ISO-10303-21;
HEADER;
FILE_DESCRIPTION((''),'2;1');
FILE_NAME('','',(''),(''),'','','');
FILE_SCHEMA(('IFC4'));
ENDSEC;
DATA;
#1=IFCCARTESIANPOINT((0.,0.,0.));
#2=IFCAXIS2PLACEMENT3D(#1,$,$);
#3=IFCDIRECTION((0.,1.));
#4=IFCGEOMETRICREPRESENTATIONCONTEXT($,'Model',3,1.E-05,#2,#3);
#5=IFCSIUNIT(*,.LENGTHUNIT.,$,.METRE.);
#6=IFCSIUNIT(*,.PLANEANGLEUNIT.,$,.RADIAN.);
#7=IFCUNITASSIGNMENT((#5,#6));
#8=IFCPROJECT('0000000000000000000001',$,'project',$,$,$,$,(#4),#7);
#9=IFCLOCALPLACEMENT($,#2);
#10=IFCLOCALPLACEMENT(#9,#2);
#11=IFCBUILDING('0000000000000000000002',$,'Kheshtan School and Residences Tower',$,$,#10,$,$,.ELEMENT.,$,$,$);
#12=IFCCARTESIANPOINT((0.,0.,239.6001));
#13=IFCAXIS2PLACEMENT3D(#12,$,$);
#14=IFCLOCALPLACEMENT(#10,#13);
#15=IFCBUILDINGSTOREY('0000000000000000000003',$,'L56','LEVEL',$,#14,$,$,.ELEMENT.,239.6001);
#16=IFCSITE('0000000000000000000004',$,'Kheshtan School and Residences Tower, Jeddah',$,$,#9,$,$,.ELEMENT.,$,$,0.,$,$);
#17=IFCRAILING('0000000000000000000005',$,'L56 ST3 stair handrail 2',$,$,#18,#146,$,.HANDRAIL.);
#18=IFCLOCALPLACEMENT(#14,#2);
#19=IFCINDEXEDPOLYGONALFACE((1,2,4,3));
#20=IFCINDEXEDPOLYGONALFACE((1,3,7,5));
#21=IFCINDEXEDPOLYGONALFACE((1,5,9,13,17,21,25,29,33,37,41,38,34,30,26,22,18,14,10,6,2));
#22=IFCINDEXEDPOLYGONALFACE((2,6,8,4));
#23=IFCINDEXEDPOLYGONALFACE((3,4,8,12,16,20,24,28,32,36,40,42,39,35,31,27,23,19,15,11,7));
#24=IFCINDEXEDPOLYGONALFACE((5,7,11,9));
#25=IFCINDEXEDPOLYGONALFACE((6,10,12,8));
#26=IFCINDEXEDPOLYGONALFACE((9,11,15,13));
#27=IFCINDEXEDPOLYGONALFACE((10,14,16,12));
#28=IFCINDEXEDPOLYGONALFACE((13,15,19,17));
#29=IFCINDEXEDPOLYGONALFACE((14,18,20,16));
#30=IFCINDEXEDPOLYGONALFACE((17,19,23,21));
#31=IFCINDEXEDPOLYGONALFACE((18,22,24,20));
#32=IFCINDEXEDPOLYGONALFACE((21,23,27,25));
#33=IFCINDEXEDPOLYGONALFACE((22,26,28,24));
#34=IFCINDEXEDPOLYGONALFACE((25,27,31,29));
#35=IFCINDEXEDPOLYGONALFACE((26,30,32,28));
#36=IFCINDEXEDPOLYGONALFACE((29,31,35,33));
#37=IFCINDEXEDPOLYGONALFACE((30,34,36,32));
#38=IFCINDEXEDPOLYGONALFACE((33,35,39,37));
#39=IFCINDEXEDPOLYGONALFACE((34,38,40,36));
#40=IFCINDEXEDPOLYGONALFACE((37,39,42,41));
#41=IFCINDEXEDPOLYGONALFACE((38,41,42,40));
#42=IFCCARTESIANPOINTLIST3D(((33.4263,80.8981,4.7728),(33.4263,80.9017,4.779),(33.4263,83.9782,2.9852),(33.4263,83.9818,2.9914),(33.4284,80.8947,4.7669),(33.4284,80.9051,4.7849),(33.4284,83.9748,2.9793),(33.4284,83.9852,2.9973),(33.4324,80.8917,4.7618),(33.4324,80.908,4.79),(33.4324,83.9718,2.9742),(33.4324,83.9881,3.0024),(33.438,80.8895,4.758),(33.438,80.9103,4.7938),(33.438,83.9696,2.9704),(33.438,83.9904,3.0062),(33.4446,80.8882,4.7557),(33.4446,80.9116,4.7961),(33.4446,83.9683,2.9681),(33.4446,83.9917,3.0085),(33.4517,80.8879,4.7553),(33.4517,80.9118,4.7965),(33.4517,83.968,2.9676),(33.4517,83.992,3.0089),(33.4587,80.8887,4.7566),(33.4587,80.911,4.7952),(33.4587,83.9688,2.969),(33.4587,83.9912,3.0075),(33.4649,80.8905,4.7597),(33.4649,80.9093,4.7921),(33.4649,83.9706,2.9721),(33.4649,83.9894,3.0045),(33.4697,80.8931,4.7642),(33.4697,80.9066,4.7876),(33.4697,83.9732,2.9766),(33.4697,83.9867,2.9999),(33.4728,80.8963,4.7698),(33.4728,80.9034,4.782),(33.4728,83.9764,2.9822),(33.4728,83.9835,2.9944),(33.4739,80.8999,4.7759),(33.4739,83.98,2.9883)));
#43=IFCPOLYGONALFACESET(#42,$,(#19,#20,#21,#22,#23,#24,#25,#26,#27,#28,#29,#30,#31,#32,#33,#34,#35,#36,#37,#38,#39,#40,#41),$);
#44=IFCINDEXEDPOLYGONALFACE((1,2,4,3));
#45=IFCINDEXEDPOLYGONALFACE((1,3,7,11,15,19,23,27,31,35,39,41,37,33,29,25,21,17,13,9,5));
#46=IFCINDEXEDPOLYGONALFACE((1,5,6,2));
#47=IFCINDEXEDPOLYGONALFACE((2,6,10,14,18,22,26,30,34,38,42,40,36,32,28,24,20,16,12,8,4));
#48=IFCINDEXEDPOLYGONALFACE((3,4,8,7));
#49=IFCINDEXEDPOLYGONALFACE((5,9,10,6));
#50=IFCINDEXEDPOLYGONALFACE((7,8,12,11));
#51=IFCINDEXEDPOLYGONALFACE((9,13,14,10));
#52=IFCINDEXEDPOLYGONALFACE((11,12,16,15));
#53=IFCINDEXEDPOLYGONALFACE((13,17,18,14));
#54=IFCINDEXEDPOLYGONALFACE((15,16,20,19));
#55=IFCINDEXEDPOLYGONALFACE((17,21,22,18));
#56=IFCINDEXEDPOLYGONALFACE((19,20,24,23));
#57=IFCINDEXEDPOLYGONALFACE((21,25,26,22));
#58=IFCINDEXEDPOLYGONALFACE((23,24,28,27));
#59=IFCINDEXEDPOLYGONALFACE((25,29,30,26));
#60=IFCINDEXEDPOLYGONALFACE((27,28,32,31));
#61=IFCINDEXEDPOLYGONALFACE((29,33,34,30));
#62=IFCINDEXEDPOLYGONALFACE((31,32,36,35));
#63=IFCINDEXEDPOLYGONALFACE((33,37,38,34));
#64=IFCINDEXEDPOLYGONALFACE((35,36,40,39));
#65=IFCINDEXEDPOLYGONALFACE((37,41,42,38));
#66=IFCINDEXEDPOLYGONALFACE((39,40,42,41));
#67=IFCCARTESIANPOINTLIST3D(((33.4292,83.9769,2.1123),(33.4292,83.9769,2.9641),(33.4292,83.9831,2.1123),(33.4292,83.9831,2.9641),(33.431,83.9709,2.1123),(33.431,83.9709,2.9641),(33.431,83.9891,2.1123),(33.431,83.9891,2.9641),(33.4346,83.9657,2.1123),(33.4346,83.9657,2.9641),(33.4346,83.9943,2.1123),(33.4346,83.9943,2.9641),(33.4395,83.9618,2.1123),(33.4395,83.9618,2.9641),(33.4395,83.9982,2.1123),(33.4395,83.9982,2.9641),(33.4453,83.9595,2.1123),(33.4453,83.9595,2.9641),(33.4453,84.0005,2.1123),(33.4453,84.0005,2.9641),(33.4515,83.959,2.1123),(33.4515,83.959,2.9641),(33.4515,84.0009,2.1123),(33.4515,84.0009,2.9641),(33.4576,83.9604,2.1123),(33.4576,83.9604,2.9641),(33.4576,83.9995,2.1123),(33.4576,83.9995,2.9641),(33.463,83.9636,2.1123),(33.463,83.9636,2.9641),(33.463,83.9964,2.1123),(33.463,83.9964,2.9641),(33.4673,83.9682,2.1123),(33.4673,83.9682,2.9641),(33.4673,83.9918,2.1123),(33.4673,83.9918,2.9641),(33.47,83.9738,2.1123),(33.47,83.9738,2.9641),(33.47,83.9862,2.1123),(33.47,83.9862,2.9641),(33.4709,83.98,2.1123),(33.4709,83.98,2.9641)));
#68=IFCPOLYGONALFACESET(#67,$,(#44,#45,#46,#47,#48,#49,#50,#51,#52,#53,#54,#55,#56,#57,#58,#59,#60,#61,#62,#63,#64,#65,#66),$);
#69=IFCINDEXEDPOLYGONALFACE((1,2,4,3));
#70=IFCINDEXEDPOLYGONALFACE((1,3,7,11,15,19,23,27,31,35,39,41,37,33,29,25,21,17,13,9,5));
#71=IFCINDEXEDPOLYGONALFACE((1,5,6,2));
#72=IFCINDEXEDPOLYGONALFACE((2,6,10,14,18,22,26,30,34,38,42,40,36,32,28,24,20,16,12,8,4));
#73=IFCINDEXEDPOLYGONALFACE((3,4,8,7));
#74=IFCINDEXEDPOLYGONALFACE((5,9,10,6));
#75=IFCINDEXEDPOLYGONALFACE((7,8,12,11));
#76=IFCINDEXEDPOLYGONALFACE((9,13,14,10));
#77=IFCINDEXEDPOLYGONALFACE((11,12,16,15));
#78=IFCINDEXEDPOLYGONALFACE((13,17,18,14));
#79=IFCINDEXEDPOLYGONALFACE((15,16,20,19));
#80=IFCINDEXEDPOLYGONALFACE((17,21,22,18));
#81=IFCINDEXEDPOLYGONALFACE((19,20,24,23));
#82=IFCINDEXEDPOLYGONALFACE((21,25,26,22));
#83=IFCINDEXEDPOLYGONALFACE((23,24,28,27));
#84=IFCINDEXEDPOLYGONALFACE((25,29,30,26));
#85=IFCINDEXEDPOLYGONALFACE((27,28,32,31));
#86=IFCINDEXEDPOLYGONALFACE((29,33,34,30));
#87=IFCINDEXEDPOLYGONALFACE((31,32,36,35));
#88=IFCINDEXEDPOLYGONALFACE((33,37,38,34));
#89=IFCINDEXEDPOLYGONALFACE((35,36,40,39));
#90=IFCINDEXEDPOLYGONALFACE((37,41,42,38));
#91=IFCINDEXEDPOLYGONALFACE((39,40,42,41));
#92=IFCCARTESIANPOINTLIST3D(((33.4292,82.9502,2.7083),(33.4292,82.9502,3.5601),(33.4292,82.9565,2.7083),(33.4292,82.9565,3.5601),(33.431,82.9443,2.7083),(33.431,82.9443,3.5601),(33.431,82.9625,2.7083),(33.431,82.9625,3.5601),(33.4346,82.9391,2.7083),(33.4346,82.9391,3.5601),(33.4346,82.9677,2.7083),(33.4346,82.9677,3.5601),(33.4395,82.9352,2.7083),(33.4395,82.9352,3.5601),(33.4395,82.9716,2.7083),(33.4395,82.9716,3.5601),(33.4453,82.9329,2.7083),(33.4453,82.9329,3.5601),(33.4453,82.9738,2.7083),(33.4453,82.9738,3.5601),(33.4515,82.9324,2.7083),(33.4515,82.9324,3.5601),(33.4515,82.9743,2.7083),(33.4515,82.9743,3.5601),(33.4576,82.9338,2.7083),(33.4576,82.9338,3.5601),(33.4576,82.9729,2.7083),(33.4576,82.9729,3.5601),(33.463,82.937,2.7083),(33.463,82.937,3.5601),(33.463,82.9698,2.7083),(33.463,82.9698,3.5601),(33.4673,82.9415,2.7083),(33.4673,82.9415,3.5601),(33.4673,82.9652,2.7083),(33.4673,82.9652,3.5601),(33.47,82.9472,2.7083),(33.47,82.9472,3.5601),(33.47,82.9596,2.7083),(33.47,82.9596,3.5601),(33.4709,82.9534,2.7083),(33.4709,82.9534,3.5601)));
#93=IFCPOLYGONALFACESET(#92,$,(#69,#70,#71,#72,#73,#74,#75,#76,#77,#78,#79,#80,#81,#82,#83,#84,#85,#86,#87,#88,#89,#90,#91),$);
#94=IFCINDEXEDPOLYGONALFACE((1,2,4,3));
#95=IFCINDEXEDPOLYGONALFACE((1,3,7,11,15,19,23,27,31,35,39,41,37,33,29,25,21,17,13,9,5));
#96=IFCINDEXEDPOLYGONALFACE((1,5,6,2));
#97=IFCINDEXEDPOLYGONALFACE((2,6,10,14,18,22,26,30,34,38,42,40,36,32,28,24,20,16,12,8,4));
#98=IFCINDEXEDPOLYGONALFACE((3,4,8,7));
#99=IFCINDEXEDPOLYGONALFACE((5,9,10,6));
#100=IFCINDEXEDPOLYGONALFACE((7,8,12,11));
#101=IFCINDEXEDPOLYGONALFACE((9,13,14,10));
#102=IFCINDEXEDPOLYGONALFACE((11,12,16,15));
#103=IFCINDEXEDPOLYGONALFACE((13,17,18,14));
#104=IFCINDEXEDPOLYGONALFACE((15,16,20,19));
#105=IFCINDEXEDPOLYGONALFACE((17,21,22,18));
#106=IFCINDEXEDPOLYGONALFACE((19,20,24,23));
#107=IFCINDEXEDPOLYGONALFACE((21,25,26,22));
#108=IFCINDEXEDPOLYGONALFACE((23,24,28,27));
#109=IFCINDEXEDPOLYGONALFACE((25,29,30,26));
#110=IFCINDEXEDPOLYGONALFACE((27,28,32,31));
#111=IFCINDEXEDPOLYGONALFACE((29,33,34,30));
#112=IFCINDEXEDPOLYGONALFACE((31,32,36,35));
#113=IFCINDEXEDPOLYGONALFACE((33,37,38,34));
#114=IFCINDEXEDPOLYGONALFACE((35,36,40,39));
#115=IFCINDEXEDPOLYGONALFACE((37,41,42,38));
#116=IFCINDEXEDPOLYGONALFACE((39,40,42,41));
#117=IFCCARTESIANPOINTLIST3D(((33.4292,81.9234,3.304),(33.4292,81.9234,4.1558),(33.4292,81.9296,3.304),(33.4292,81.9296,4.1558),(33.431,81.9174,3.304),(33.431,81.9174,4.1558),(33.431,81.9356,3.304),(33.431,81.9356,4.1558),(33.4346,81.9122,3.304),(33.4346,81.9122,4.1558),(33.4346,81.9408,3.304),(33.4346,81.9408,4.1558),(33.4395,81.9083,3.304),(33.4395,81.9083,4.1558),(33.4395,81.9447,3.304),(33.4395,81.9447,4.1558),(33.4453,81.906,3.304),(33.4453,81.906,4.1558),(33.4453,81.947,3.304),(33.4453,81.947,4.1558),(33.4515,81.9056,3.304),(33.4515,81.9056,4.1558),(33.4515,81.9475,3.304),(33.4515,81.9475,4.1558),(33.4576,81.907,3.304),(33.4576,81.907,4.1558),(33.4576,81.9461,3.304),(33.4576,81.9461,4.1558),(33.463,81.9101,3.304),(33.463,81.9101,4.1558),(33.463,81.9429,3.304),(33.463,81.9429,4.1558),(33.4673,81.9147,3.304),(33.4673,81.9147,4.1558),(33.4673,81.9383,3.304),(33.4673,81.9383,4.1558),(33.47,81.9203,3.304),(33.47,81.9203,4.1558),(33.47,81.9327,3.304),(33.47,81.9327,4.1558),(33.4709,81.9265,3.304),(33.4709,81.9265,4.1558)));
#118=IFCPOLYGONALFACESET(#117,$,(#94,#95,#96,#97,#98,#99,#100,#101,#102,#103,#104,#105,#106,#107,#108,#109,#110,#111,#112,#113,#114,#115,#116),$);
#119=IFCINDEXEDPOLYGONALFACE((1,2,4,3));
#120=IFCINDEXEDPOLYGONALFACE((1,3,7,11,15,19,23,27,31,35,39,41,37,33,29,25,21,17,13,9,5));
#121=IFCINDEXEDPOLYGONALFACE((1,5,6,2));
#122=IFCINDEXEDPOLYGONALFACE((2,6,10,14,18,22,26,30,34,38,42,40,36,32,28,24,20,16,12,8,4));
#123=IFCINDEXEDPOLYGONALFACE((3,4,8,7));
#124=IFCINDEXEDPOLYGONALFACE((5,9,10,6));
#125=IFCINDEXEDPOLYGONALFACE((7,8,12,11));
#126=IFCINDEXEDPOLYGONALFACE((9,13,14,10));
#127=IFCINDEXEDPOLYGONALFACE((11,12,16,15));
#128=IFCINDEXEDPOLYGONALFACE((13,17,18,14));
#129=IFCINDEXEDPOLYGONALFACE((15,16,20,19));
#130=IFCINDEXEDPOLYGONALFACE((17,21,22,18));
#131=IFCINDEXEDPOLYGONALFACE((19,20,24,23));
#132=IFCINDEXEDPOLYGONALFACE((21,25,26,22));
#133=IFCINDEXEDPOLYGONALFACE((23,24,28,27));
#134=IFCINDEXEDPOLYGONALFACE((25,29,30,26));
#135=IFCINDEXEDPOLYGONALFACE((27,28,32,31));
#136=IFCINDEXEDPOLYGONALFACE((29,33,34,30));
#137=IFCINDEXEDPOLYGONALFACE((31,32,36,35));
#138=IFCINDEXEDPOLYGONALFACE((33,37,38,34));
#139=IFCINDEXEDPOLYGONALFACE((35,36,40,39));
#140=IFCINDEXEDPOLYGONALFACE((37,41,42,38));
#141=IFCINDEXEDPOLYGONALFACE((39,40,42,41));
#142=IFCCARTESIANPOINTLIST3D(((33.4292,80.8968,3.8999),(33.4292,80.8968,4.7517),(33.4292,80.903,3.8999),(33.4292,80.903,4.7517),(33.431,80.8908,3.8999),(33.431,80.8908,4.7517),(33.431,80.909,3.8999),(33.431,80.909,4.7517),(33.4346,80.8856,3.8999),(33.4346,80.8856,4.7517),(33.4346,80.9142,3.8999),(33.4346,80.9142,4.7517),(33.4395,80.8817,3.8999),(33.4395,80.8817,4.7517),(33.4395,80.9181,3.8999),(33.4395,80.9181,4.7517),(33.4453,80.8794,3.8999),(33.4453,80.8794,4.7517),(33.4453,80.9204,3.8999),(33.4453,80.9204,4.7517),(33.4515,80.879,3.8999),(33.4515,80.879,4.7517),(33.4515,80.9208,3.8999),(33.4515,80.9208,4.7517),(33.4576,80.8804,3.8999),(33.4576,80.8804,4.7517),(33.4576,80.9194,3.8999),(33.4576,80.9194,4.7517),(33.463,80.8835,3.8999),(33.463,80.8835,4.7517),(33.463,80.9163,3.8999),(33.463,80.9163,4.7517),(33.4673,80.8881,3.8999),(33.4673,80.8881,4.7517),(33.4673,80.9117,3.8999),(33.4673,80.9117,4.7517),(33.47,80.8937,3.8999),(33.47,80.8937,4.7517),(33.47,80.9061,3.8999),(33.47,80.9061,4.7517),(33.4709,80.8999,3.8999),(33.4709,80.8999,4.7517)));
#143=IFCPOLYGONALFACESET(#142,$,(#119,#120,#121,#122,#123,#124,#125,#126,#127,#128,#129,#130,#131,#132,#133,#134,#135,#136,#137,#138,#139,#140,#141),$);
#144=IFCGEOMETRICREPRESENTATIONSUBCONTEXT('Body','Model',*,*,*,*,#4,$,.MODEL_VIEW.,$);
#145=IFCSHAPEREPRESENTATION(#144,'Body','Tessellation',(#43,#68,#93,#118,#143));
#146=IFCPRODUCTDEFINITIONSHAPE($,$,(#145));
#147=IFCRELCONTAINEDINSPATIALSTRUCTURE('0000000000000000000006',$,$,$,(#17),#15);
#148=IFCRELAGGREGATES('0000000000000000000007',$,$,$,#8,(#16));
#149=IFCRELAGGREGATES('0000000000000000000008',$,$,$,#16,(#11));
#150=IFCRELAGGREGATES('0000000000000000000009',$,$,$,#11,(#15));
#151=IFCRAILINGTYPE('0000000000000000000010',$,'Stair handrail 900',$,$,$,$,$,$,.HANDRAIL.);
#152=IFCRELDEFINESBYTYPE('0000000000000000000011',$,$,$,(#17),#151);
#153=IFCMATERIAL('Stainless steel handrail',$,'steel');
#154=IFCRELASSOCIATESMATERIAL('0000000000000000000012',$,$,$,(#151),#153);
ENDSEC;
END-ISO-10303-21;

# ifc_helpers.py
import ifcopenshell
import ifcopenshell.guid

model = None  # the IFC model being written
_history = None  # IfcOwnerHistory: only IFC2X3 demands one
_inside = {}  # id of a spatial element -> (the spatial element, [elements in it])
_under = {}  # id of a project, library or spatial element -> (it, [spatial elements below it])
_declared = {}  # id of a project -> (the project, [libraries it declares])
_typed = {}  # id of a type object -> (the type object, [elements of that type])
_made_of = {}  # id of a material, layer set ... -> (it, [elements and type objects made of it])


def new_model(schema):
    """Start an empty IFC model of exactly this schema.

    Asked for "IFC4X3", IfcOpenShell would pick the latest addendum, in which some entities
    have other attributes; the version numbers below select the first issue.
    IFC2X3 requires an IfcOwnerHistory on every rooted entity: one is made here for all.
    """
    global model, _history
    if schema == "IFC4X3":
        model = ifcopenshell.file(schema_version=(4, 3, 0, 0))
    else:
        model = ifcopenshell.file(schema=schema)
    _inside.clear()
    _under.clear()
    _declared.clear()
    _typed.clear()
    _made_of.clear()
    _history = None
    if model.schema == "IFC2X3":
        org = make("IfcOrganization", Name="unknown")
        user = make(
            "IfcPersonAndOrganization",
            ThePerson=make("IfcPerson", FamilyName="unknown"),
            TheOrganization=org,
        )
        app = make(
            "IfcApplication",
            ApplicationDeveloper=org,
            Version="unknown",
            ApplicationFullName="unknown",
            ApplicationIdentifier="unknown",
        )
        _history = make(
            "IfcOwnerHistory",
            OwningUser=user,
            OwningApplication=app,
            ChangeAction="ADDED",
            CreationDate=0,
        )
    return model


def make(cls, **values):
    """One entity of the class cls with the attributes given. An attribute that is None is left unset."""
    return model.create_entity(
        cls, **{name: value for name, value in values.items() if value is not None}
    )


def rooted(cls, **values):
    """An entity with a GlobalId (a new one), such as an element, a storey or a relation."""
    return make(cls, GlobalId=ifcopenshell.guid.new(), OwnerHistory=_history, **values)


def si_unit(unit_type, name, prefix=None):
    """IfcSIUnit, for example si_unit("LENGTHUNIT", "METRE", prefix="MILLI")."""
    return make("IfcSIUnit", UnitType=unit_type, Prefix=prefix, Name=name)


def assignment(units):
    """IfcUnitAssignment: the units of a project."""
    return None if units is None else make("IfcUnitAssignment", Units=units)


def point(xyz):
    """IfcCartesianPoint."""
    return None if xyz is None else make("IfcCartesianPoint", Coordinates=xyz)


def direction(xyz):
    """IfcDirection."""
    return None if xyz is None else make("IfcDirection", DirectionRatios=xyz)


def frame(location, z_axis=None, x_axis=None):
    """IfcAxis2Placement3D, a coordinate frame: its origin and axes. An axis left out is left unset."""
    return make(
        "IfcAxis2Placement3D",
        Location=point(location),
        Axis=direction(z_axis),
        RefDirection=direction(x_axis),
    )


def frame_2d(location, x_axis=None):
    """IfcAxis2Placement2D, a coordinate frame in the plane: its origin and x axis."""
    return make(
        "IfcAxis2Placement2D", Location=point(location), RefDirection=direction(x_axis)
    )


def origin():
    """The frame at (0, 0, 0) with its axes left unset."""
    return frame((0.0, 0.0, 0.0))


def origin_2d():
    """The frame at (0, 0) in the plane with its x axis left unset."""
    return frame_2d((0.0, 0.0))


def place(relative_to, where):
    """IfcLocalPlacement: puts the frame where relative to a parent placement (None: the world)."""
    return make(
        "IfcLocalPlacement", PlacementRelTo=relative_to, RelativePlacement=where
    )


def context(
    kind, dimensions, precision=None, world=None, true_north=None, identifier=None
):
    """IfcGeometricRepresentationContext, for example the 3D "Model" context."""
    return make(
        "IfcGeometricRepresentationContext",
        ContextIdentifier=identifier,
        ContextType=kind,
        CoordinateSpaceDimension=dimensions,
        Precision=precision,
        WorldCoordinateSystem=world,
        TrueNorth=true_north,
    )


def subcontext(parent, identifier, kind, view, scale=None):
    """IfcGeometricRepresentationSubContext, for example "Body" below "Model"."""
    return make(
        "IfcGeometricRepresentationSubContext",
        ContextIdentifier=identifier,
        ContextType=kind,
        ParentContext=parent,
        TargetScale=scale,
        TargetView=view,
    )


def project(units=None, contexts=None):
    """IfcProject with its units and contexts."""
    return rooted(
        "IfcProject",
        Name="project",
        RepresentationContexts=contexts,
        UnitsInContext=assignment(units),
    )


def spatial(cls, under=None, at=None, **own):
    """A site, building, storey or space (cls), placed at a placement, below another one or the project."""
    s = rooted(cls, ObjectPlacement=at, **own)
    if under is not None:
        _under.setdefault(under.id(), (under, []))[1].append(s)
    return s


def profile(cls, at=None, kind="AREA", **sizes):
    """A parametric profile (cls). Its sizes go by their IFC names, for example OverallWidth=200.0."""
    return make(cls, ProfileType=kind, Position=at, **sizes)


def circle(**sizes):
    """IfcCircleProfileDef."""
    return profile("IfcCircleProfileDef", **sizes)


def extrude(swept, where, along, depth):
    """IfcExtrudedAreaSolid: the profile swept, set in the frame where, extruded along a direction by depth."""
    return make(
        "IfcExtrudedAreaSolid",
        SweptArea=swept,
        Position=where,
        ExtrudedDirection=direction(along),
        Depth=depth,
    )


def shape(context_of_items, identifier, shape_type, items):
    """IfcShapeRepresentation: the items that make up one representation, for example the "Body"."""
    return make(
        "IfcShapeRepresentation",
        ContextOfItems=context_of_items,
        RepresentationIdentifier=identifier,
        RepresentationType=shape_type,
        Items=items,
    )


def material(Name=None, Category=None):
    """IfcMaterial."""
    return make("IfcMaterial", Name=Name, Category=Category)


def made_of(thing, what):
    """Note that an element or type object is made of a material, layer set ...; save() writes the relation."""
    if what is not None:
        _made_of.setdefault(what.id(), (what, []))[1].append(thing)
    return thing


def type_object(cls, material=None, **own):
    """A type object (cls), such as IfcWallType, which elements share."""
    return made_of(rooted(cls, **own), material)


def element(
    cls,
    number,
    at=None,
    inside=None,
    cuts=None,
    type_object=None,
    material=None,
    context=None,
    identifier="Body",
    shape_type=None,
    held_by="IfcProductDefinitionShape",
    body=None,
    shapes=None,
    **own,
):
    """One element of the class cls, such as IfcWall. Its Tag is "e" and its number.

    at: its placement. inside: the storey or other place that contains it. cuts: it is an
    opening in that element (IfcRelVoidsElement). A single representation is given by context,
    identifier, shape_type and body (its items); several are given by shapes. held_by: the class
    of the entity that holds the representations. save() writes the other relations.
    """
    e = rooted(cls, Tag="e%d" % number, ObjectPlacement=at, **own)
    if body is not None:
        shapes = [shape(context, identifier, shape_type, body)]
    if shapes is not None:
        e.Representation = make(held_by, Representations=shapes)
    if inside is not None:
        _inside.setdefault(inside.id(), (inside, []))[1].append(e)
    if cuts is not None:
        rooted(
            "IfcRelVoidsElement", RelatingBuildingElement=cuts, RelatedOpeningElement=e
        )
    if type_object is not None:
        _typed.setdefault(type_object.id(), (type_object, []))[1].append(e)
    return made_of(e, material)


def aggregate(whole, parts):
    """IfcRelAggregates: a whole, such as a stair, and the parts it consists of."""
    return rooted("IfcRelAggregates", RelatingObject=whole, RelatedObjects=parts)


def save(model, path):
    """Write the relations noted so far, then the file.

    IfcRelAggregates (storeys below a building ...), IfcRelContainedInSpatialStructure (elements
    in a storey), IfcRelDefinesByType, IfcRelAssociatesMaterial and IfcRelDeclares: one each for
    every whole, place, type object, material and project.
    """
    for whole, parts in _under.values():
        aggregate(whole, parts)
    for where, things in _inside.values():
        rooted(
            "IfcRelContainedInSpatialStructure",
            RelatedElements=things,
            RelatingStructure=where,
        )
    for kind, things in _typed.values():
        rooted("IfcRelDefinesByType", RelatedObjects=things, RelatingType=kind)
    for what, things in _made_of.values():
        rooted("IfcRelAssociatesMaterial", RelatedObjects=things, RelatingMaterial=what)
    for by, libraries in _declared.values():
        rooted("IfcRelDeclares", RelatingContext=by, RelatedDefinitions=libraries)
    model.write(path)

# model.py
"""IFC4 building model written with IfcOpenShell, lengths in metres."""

from ifc_helpers import new_model, si_unit, direction, frame, origin, origin_2d, place, context, subcontext, project, spatial, circle, extrude, material, type_object, element, save


model = new_model("IFC4")

# Units and contexts
model_context = context("Model", 3, precision=1e-05, world=origin(), true_north=direction((0.0, 1.0)))
body_context = subcontext(model_context, "Body", "Model", "MODEL_VIEW")
ifc_project = project(units=[si_unit("LENGTHUNIT", "METRE"), si_unit("PLANEANGLEUNIT", "RADIAN")], contexts=[model_context])

# Site, building, storey
site_placement = place(None, origin())
site = spatial("IfcSite", under=ifc_project, at=site_placement, Name="Kheshtan School and Residences Tower, Jeddah", CompositionType="ELEMENT", RefElevation=0.0)
building_placement = place(site_placement, origin())
building = spatial("IfcBuilding", under=site, at=building_placement, Name="Kheshtan School and Residences Tower", CompositionType="ELEMENT")
storey_placement = place(building_placement, frame((0.0, 0.0, 239.6001)))
storey = spatial("IfcBuildingStorey", under=building, at=storey_placement, Name="L56", Description="LEVEL", CompositionType="ELEMENT", Elevation=239.6001)

# Railing
ifc_material_1 = material(Name="Stainless steel handrail", Category="steel")
railing_type_1 = type_object("IfcRailingType", Name="Stair handrail 900", PredefinedType="HANDRAIL", material=ifc_material_1)
railing_1_placement = place(storey_placement, frame((33.45, 83.98, 2.1123)))
element("IfcRailing", 1, at=railing_1_placement, inside=storey, type_object=railing_type_1, Name="L56 ST3 stair handrail 2", PredefinedType="HANDRAIL", context=body_context, shape_type="SweptSolid", body=[
    extrude(circle(Radius=0.0239, at=origin_2d()), frame((0.0, 0.0, 0.876), z_axis=(0.0, -0.864891, 0.50196), x_axis=(1.0, 0.0, 0.0)), (0.0, 0.0, 1.0), 3.5613),
    extrude(circle(Radius=0.021, at=origin_2d()), origin(), (0.0, 0.0, 1.0), 0.8518),
    extrude(circle(Radius=0.021, at=origin_2d()), frame((0.0, -1.0266, 0.5959)), (0.0, 0.0, 1.0), 0.8518),
    extrude(circle(Radius=0.021, at=origin_2d()), frame((0.0, -2.0535, 1.1917)), (0.0, 0.0, 1.0), 0.8518),
    extrude(circle(Radius=0.021, at=origin_2d()), frame((0.0, -3.0801, 1.7876)), (0.0, 0.0, 1.0), 0.8518),
])

save(model, "model.ifc")
